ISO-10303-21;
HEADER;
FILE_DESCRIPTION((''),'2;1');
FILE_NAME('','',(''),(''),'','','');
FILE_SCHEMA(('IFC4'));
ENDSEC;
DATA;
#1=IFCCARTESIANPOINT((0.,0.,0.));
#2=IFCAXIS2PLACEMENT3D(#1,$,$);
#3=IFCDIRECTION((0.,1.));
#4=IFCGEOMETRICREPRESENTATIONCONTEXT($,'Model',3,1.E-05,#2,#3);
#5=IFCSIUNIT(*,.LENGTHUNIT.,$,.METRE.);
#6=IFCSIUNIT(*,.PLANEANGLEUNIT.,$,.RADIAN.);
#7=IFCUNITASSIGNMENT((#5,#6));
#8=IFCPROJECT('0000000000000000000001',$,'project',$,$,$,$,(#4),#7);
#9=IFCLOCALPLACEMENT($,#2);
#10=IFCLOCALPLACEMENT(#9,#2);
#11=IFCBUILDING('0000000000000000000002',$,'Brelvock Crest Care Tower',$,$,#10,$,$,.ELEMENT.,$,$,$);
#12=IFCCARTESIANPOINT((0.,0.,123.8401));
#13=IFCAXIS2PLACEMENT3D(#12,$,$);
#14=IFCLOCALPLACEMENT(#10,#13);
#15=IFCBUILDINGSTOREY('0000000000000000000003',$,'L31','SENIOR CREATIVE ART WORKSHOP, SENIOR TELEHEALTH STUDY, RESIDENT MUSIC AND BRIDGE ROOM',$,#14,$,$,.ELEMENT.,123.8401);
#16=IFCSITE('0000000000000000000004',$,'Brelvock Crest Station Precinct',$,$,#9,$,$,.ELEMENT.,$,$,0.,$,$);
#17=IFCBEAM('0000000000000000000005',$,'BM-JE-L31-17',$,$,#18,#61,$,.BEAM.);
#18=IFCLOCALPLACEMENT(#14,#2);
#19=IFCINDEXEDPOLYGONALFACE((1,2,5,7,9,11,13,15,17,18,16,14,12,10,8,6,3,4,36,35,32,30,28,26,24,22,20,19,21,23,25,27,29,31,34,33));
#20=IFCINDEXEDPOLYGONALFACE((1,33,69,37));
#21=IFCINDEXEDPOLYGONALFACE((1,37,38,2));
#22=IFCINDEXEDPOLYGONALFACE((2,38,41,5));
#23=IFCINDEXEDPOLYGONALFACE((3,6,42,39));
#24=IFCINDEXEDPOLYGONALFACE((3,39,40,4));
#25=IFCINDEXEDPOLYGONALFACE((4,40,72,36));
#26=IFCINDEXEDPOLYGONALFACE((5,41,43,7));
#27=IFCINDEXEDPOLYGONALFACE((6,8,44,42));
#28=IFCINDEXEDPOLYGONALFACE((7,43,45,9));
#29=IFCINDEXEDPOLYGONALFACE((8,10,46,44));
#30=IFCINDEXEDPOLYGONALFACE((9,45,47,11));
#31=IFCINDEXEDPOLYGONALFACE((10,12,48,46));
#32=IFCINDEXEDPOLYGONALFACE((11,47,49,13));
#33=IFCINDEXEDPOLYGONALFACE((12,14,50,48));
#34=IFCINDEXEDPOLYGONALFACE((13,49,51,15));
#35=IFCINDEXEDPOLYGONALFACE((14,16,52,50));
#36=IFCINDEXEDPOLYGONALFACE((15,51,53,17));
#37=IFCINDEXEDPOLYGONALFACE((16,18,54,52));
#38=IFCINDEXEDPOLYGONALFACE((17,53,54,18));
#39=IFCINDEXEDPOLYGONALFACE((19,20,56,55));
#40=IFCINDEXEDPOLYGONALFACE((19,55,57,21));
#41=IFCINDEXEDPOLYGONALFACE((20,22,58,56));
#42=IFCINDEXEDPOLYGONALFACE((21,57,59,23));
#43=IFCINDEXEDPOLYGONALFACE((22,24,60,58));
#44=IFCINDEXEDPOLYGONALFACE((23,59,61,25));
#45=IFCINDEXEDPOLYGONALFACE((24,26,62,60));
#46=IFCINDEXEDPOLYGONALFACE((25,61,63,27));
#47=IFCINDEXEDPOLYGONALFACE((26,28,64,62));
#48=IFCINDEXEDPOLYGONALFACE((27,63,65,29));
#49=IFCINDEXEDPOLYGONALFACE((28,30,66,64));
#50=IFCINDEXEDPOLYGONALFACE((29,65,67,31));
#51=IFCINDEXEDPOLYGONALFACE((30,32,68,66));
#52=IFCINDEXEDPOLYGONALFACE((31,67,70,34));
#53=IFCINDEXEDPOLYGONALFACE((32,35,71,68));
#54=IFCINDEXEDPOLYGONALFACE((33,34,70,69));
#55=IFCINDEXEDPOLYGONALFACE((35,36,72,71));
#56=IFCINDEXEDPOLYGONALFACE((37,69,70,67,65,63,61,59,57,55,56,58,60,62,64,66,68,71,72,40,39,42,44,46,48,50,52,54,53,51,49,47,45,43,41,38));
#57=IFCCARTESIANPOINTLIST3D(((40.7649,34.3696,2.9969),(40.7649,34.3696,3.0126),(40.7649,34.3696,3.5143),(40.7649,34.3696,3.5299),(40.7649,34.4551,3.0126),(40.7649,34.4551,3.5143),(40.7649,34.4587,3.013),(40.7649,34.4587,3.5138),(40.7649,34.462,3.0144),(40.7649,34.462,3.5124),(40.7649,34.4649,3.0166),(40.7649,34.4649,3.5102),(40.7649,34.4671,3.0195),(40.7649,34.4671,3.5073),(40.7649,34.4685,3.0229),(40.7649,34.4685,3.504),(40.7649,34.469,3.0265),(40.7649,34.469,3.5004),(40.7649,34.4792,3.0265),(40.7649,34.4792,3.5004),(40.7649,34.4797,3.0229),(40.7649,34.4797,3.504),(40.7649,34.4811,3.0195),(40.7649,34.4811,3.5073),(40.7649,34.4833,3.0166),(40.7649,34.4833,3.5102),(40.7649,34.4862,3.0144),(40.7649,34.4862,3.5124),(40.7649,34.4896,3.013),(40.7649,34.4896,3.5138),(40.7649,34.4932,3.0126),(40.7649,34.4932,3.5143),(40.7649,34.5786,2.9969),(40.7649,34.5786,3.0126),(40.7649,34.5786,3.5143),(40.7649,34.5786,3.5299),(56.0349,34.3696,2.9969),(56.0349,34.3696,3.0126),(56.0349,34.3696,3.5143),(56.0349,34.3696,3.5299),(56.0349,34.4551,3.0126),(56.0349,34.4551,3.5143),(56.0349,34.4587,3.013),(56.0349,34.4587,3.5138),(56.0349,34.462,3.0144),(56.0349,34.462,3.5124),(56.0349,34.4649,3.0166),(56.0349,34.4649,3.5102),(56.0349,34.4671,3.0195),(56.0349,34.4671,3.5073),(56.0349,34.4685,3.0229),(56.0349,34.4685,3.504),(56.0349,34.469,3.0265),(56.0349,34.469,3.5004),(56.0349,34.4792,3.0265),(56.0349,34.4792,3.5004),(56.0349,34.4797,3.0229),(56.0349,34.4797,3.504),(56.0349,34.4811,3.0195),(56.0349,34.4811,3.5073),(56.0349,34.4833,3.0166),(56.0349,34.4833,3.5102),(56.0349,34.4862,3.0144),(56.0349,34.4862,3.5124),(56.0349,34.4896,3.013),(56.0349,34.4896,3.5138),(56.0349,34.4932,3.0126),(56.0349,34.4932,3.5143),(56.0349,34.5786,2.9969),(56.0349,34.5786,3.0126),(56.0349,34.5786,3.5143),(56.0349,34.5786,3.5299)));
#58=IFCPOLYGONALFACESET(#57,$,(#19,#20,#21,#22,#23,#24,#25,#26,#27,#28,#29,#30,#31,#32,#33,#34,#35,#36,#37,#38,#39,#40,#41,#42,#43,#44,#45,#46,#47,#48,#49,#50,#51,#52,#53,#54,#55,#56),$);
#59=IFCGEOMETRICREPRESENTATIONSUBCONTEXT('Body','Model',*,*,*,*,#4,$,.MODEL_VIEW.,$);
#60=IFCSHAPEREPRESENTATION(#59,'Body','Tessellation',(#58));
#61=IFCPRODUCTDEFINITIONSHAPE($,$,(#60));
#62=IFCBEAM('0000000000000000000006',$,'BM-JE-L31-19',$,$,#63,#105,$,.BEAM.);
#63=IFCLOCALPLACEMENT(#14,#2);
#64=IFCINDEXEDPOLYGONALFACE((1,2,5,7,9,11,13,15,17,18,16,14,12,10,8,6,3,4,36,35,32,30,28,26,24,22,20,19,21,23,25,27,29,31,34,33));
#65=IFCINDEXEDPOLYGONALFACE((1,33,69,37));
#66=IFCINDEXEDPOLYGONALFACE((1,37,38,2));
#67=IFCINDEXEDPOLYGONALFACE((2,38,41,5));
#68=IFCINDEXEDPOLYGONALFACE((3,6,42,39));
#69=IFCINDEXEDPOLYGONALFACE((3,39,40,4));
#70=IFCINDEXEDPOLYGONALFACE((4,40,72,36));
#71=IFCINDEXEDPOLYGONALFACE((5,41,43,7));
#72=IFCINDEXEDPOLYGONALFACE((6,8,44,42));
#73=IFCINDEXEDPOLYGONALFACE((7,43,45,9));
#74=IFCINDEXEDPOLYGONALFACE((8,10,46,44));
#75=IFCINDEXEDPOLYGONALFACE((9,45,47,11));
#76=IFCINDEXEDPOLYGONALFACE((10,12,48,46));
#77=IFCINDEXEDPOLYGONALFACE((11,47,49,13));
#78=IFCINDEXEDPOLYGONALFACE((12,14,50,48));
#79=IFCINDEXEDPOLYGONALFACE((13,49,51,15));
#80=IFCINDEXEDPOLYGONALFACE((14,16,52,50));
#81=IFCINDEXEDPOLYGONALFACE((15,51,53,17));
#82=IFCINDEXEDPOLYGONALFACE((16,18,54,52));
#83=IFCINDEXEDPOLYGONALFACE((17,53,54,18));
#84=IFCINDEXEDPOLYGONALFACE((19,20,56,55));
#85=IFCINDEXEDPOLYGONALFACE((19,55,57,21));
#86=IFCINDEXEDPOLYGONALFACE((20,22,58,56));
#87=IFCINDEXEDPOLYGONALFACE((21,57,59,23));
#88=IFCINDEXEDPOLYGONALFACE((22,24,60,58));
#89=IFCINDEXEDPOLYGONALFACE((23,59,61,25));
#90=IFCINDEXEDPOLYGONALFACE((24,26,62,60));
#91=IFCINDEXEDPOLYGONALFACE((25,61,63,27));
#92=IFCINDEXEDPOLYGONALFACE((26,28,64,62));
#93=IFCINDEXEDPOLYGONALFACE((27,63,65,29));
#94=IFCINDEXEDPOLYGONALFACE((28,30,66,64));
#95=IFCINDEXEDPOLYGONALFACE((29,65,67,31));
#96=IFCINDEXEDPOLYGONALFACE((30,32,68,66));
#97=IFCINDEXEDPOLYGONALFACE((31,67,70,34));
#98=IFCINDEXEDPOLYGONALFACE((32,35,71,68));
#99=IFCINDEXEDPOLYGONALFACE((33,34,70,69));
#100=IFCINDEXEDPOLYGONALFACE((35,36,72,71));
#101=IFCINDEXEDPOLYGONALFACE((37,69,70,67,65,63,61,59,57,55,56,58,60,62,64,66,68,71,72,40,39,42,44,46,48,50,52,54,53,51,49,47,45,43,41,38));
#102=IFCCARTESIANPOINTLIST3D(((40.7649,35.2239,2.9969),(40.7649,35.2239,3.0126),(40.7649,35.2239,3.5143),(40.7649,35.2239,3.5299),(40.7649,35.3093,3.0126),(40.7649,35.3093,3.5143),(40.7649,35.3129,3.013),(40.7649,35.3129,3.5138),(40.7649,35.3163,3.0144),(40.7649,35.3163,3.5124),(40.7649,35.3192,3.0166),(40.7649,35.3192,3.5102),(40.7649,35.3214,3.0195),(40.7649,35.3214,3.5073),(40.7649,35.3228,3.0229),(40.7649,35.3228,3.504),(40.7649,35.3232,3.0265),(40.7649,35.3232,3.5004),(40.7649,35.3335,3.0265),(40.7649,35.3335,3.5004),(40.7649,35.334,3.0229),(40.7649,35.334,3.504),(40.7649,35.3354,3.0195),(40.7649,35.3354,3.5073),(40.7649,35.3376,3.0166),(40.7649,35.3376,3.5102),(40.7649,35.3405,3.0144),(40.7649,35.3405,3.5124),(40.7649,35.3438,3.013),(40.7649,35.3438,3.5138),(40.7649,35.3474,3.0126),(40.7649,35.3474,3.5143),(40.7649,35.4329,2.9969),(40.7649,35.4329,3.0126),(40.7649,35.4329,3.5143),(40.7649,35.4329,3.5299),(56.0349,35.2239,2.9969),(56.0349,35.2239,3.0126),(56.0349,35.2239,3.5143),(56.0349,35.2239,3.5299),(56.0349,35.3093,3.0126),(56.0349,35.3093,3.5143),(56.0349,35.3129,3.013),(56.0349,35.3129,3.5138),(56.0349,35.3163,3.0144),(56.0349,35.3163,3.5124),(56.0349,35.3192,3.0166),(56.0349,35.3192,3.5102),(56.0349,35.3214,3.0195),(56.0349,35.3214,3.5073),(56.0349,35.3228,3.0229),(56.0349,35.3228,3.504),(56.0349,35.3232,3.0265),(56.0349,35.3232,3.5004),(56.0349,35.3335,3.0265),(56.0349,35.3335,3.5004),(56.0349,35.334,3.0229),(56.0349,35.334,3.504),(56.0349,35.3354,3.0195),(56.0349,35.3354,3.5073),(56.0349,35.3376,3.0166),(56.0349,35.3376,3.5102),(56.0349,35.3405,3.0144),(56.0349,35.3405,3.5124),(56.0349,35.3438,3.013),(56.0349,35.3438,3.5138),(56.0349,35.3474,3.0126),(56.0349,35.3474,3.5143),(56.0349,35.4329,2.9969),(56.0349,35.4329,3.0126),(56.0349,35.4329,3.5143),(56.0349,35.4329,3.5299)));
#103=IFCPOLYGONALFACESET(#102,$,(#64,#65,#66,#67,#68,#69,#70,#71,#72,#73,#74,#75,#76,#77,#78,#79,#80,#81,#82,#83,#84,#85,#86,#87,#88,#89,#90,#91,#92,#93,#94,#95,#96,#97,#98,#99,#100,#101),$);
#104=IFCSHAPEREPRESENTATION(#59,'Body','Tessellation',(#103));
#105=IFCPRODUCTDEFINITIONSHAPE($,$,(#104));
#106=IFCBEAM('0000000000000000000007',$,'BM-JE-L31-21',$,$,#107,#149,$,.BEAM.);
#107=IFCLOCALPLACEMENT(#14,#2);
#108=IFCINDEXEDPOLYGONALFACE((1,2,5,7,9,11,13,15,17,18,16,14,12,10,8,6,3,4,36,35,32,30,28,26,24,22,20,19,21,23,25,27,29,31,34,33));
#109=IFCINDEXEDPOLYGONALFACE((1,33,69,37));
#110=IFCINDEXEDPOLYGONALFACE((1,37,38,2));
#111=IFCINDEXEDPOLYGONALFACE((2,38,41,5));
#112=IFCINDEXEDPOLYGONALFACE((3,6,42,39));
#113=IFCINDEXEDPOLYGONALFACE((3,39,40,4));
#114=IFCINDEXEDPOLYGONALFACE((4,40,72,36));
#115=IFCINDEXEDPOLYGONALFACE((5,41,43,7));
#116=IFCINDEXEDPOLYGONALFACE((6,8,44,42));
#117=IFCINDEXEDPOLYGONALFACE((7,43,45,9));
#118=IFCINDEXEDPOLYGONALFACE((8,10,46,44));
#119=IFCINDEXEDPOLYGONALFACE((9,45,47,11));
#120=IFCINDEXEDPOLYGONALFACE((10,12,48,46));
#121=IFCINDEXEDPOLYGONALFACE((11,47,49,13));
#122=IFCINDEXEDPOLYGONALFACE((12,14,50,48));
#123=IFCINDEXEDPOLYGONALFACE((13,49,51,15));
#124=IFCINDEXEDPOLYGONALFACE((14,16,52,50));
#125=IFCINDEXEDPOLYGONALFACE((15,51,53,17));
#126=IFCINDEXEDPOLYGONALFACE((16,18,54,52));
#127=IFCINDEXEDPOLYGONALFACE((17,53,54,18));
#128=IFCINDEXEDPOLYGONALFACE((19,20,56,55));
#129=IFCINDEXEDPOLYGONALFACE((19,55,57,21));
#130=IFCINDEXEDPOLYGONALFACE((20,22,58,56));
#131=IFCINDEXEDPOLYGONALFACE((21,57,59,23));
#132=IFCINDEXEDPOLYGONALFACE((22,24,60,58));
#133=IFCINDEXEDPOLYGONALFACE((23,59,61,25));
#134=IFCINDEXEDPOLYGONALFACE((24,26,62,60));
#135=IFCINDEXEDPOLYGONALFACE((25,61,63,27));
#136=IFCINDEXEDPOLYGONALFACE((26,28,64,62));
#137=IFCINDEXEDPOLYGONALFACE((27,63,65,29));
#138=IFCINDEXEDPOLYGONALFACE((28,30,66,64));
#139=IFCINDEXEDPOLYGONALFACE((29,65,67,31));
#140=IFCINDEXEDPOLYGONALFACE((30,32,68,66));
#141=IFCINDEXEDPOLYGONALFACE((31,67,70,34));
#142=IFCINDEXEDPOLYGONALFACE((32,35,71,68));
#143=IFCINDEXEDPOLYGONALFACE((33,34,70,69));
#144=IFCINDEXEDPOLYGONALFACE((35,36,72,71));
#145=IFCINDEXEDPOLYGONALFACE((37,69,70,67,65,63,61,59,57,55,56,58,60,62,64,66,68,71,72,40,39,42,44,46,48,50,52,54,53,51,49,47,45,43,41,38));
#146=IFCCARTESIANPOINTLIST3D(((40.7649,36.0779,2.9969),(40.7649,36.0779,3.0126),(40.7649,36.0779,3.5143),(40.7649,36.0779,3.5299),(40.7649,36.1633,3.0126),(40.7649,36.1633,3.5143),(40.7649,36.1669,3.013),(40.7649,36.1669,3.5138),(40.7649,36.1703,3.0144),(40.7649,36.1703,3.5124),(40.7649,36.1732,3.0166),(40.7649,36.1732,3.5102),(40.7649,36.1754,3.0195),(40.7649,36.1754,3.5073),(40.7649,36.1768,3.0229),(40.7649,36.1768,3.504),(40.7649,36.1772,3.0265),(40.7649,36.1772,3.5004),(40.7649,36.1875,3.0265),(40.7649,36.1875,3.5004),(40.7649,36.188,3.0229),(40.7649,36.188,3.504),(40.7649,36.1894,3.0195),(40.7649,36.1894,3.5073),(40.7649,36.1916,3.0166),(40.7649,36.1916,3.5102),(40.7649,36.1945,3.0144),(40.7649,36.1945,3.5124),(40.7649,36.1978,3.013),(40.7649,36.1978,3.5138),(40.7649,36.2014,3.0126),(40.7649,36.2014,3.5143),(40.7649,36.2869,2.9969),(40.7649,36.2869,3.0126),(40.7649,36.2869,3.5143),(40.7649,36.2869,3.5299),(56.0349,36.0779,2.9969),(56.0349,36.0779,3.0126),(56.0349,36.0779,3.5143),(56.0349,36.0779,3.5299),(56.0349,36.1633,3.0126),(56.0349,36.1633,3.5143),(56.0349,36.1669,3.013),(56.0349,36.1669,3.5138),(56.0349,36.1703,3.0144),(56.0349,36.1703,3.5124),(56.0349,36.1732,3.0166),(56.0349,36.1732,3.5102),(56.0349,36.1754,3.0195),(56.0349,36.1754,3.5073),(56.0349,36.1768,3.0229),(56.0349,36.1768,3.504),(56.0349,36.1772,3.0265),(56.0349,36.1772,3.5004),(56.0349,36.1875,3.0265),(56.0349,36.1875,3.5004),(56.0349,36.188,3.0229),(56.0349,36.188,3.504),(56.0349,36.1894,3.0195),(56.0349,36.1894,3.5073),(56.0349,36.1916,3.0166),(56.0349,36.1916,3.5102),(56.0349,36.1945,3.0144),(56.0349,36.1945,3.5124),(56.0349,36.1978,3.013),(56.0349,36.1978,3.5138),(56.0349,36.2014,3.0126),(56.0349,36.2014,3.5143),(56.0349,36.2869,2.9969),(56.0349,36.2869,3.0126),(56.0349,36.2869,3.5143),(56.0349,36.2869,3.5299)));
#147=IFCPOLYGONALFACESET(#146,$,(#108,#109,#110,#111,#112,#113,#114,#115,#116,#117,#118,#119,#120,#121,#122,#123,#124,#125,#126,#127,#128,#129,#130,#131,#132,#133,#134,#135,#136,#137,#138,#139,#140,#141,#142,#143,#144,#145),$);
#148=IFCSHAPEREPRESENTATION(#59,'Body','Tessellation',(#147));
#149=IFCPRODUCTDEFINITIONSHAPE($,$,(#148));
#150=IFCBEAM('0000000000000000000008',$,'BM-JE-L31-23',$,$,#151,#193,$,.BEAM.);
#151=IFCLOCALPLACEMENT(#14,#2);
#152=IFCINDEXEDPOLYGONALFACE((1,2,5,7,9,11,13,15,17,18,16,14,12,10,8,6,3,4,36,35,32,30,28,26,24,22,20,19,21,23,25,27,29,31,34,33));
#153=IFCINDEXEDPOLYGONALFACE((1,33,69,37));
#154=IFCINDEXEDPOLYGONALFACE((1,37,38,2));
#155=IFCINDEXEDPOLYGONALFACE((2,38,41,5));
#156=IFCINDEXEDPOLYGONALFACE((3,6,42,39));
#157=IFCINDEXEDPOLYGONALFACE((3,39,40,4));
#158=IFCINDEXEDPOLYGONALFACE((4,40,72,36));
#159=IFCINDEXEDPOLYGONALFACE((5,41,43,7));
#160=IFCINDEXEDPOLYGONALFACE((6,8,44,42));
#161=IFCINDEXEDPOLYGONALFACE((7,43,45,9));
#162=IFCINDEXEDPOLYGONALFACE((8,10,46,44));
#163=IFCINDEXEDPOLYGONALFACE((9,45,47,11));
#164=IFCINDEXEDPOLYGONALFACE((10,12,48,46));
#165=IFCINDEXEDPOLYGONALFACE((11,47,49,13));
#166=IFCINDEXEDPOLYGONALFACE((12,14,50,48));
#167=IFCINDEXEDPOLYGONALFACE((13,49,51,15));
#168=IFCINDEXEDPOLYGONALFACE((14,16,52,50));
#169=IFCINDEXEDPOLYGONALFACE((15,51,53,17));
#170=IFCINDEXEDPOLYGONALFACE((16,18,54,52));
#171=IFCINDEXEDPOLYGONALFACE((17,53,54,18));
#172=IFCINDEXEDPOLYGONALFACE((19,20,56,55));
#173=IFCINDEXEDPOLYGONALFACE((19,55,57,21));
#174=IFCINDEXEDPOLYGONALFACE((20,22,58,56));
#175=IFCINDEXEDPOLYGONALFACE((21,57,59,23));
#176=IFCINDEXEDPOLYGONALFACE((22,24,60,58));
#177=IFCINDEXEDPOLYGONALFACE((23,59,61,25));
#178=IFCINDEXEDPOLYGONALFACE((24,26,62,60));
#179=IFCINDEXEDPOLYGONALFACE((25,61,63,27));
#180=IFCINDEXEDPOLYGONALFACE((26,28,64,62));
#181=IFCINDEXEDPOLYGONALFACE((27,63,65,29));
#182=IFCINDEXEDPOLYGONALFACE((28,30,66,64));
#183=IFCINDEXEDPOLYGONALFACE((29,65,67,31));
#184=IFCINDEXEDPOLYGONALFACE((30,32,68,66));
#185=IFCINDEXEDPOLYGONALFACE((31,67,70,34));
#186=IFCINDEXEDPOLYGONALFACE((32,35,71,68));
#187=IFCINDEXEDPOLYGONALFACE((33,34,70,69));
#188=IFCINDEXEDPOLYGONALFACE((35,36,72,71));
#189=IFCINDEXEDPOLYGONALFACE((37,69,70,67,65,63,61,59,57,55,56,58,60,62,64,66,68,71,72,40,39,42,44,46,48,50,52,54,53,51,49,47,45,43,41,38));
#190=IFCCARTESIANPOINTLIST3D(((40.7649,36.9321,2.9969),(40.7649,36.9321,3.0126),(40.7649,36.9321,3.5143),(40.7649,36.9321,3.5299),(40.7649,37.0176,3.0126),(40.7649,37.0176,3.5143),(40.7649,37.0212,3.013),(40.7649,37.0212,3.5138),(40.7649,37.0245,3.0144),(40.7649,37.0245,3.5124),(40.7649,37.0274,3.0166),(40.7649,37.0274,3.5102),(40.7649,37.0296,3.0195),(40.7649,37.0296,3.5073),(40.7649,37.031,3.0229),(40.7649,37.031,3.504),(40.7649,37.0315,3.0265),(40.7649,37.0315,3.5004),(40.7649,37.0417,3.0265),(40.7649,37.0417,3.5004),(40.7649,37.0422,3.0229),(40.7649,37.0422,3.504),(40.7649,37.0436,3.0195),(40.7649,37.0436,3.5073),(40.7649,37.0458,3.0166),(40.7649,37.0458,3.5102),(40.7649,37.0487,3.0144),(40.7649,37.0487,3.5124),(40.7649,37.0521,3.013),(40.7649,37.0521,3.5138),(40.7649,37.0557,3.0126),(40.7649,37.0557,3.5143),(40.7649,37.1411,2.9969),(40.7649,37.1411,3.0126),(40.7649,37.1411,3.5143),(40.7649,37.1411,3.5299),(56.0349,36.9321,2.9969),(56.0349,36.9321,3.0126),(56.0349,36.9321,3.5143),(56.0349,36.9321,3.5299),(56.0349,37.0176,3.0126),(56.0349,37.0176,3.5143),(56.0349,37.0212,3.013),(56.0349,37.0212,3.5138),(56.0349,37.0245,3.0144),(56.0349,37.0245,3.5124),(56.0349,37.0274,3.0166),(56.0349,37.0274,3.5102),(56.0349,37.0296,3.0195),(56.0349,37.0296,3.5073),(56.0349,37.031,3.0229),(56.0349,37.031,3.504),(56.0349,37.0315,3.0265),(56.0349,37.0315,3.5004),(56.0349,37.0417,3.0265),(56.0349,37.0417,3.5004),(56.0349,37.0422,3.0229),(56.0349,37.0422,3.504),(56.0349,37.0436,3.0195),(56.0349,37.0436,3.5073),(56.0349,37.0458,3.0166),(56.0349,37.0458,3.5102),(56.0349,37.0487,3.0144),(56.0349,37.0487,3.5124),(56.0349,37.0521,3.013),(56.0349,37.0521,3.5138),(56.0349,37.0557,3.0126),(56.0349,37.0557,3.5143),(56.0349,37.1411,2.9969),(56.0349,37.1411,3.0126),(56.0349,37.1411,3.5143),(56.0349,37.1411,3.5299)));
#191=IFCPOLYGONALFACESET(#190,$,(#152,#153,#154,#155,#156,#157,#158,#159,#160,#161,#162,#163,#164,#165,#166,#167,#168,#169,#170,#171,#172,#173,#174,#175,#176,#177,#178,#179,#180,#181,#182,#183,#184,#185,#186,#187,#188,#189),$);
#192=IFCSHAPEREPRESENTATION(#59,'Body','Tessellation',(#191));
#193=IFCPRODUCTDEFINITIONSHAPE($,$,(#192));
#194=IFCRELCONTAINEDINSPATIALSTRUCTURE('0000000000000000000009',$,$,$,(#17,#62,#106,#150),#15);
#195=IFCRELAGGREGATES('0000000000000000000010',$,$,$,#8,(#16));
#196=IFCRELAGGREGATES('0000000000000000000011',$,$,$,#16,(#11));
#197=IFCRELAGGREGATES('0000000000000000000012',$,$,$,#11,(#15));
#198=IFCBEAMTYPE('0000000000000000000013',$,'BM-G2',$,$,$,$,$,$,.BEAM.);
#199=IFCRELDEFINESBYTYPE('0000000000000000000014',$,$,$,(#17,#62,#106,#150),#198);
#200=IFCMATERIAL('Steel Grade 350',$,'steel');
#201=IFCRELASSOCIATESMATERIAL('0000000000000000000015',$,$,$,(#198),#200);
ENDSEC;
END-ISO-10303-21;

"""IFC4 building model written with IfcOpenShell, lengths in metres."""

from ifc_helpers import new_model, si_unit, direction, frame, origin, origin_2d, place, context, subcontext, project, spatial, i_section, extrude, source, transform, mapped, material, material_profile, profile_set, type_object, element, save


model = new_model("IFC4")

# Units and contexts
model_context = context("Model", 3, precision=1e-05, world=origin(), true_north=direction((0.0, 1.0)))
body_context = subcontext(model_context, "Body", "Model", "MODEL_VIEW")
ifc_project = project(units=[si_unit("LENGTHUNIT", "METRE"), si_unit("PLANEANGLEUNIT", "RADIAN")], contexts=[model_context])

# Site, building, storey
site_placement = place(None, origin())
site = spatial("IfcSite", under=ifc_project, at=site_placement, Name="Brelvock Crest Station Precinct", CompositionType="ELEMENT", RefElevation=0.0)
building_placement = place(site_placement, origin())
building = spatial("IfcBuilding", under=site, at=building_placement, Name="Brelvock Crest Care Tower", CompositionType="ELEMENT")
storey_placement = place(building_placement, frame((0.0, 0.0, 123.8401)))
storey = spatial("IfcBuildingStorey", under=building, at=storey_placement, Name="L31", Description="SENIOR CREATIVE ART WORKSHOP, SENIOR TELEHEALTH STUDY, RESIDENT MUSIC AND BRIDGE ROOM", CompositionType="ELEMENT", Elevation=123.8401)

# Beams
ifc_material_1 = material(Name="Steel Grade 350", Category="steel")
ifc_material_profile_1 = material_profile(ifc_material_1, i_section(OverallWidth=0.209, OverallDepth=0.533, WebThickness=0.0103, FlangeThickness=0.0156, FilletRadius=0.0139, at=origin_2d()), Name="530UB92.4")
ifc_profile_set_1 = profile_set([ifc_material_profile_1], Name="Steel Grade 350")
beam_type_1 = type_object("IfcBeamType", Name="BM-G2", PredefinedType="BEAM", material=ifc_profile_set_1)
shared_shape_1 = source(origin(), body_context, "Body", "SweptSolid", [
    extrude(i_section(OverallWidth=0.209, OverallDepth=0.533, WebThickness=0.0103, FlangeThickness=0.0156, FilletRadius=0.0139, at=origin_2d()), origin(), (0.0, 0.0, 1.0), 15.27),
])
for number, where, z_axis, x_axis, name in (
    (1, (40.7649, 34.4741, 3.2634), (1.0, 0.0, 0.0), (0.0, 1.0, 0.0), "BM-JE-L31-17"),
    (2, (40.7649, 35.3284, 3.2634), (1.0, 0.0, 0.0), (0.0, 1.0, 0.0), "BM-JE-L31-19"),
    (3, (40.7649, 36.1824, 3.2634), (1.0, 0.0, 0.0), (0.0, 1.0, 0.0), "BM-JE-L31-21"),
    (4, (40.7649, 37.0366, 3.2634), (1.0, 0.0, 0.0), (0.0, 1.0, 0.0), "BM-JE-L31-23"),
):
    element("IfcBeam", number, at=place(storey_placement, frame(where, z_axis=z_axis, x_axis=x_axis)), inside=storey, type_object=beam_type_1, Name=name, PredefinedType="BEAM", context=body_context, shape_type="MappedRepresentation", body=[
        mapped(shared_shape_1, transform((0.0, 0.0, 0.0), x_axis=(1.0, 0.0, 0.0), y_axis=(0.0, 1.0, 0.0), z_axis=(0.0, 0.0, 1.0), scale=1.0)),
    ])

save(model, "model.ifc")
